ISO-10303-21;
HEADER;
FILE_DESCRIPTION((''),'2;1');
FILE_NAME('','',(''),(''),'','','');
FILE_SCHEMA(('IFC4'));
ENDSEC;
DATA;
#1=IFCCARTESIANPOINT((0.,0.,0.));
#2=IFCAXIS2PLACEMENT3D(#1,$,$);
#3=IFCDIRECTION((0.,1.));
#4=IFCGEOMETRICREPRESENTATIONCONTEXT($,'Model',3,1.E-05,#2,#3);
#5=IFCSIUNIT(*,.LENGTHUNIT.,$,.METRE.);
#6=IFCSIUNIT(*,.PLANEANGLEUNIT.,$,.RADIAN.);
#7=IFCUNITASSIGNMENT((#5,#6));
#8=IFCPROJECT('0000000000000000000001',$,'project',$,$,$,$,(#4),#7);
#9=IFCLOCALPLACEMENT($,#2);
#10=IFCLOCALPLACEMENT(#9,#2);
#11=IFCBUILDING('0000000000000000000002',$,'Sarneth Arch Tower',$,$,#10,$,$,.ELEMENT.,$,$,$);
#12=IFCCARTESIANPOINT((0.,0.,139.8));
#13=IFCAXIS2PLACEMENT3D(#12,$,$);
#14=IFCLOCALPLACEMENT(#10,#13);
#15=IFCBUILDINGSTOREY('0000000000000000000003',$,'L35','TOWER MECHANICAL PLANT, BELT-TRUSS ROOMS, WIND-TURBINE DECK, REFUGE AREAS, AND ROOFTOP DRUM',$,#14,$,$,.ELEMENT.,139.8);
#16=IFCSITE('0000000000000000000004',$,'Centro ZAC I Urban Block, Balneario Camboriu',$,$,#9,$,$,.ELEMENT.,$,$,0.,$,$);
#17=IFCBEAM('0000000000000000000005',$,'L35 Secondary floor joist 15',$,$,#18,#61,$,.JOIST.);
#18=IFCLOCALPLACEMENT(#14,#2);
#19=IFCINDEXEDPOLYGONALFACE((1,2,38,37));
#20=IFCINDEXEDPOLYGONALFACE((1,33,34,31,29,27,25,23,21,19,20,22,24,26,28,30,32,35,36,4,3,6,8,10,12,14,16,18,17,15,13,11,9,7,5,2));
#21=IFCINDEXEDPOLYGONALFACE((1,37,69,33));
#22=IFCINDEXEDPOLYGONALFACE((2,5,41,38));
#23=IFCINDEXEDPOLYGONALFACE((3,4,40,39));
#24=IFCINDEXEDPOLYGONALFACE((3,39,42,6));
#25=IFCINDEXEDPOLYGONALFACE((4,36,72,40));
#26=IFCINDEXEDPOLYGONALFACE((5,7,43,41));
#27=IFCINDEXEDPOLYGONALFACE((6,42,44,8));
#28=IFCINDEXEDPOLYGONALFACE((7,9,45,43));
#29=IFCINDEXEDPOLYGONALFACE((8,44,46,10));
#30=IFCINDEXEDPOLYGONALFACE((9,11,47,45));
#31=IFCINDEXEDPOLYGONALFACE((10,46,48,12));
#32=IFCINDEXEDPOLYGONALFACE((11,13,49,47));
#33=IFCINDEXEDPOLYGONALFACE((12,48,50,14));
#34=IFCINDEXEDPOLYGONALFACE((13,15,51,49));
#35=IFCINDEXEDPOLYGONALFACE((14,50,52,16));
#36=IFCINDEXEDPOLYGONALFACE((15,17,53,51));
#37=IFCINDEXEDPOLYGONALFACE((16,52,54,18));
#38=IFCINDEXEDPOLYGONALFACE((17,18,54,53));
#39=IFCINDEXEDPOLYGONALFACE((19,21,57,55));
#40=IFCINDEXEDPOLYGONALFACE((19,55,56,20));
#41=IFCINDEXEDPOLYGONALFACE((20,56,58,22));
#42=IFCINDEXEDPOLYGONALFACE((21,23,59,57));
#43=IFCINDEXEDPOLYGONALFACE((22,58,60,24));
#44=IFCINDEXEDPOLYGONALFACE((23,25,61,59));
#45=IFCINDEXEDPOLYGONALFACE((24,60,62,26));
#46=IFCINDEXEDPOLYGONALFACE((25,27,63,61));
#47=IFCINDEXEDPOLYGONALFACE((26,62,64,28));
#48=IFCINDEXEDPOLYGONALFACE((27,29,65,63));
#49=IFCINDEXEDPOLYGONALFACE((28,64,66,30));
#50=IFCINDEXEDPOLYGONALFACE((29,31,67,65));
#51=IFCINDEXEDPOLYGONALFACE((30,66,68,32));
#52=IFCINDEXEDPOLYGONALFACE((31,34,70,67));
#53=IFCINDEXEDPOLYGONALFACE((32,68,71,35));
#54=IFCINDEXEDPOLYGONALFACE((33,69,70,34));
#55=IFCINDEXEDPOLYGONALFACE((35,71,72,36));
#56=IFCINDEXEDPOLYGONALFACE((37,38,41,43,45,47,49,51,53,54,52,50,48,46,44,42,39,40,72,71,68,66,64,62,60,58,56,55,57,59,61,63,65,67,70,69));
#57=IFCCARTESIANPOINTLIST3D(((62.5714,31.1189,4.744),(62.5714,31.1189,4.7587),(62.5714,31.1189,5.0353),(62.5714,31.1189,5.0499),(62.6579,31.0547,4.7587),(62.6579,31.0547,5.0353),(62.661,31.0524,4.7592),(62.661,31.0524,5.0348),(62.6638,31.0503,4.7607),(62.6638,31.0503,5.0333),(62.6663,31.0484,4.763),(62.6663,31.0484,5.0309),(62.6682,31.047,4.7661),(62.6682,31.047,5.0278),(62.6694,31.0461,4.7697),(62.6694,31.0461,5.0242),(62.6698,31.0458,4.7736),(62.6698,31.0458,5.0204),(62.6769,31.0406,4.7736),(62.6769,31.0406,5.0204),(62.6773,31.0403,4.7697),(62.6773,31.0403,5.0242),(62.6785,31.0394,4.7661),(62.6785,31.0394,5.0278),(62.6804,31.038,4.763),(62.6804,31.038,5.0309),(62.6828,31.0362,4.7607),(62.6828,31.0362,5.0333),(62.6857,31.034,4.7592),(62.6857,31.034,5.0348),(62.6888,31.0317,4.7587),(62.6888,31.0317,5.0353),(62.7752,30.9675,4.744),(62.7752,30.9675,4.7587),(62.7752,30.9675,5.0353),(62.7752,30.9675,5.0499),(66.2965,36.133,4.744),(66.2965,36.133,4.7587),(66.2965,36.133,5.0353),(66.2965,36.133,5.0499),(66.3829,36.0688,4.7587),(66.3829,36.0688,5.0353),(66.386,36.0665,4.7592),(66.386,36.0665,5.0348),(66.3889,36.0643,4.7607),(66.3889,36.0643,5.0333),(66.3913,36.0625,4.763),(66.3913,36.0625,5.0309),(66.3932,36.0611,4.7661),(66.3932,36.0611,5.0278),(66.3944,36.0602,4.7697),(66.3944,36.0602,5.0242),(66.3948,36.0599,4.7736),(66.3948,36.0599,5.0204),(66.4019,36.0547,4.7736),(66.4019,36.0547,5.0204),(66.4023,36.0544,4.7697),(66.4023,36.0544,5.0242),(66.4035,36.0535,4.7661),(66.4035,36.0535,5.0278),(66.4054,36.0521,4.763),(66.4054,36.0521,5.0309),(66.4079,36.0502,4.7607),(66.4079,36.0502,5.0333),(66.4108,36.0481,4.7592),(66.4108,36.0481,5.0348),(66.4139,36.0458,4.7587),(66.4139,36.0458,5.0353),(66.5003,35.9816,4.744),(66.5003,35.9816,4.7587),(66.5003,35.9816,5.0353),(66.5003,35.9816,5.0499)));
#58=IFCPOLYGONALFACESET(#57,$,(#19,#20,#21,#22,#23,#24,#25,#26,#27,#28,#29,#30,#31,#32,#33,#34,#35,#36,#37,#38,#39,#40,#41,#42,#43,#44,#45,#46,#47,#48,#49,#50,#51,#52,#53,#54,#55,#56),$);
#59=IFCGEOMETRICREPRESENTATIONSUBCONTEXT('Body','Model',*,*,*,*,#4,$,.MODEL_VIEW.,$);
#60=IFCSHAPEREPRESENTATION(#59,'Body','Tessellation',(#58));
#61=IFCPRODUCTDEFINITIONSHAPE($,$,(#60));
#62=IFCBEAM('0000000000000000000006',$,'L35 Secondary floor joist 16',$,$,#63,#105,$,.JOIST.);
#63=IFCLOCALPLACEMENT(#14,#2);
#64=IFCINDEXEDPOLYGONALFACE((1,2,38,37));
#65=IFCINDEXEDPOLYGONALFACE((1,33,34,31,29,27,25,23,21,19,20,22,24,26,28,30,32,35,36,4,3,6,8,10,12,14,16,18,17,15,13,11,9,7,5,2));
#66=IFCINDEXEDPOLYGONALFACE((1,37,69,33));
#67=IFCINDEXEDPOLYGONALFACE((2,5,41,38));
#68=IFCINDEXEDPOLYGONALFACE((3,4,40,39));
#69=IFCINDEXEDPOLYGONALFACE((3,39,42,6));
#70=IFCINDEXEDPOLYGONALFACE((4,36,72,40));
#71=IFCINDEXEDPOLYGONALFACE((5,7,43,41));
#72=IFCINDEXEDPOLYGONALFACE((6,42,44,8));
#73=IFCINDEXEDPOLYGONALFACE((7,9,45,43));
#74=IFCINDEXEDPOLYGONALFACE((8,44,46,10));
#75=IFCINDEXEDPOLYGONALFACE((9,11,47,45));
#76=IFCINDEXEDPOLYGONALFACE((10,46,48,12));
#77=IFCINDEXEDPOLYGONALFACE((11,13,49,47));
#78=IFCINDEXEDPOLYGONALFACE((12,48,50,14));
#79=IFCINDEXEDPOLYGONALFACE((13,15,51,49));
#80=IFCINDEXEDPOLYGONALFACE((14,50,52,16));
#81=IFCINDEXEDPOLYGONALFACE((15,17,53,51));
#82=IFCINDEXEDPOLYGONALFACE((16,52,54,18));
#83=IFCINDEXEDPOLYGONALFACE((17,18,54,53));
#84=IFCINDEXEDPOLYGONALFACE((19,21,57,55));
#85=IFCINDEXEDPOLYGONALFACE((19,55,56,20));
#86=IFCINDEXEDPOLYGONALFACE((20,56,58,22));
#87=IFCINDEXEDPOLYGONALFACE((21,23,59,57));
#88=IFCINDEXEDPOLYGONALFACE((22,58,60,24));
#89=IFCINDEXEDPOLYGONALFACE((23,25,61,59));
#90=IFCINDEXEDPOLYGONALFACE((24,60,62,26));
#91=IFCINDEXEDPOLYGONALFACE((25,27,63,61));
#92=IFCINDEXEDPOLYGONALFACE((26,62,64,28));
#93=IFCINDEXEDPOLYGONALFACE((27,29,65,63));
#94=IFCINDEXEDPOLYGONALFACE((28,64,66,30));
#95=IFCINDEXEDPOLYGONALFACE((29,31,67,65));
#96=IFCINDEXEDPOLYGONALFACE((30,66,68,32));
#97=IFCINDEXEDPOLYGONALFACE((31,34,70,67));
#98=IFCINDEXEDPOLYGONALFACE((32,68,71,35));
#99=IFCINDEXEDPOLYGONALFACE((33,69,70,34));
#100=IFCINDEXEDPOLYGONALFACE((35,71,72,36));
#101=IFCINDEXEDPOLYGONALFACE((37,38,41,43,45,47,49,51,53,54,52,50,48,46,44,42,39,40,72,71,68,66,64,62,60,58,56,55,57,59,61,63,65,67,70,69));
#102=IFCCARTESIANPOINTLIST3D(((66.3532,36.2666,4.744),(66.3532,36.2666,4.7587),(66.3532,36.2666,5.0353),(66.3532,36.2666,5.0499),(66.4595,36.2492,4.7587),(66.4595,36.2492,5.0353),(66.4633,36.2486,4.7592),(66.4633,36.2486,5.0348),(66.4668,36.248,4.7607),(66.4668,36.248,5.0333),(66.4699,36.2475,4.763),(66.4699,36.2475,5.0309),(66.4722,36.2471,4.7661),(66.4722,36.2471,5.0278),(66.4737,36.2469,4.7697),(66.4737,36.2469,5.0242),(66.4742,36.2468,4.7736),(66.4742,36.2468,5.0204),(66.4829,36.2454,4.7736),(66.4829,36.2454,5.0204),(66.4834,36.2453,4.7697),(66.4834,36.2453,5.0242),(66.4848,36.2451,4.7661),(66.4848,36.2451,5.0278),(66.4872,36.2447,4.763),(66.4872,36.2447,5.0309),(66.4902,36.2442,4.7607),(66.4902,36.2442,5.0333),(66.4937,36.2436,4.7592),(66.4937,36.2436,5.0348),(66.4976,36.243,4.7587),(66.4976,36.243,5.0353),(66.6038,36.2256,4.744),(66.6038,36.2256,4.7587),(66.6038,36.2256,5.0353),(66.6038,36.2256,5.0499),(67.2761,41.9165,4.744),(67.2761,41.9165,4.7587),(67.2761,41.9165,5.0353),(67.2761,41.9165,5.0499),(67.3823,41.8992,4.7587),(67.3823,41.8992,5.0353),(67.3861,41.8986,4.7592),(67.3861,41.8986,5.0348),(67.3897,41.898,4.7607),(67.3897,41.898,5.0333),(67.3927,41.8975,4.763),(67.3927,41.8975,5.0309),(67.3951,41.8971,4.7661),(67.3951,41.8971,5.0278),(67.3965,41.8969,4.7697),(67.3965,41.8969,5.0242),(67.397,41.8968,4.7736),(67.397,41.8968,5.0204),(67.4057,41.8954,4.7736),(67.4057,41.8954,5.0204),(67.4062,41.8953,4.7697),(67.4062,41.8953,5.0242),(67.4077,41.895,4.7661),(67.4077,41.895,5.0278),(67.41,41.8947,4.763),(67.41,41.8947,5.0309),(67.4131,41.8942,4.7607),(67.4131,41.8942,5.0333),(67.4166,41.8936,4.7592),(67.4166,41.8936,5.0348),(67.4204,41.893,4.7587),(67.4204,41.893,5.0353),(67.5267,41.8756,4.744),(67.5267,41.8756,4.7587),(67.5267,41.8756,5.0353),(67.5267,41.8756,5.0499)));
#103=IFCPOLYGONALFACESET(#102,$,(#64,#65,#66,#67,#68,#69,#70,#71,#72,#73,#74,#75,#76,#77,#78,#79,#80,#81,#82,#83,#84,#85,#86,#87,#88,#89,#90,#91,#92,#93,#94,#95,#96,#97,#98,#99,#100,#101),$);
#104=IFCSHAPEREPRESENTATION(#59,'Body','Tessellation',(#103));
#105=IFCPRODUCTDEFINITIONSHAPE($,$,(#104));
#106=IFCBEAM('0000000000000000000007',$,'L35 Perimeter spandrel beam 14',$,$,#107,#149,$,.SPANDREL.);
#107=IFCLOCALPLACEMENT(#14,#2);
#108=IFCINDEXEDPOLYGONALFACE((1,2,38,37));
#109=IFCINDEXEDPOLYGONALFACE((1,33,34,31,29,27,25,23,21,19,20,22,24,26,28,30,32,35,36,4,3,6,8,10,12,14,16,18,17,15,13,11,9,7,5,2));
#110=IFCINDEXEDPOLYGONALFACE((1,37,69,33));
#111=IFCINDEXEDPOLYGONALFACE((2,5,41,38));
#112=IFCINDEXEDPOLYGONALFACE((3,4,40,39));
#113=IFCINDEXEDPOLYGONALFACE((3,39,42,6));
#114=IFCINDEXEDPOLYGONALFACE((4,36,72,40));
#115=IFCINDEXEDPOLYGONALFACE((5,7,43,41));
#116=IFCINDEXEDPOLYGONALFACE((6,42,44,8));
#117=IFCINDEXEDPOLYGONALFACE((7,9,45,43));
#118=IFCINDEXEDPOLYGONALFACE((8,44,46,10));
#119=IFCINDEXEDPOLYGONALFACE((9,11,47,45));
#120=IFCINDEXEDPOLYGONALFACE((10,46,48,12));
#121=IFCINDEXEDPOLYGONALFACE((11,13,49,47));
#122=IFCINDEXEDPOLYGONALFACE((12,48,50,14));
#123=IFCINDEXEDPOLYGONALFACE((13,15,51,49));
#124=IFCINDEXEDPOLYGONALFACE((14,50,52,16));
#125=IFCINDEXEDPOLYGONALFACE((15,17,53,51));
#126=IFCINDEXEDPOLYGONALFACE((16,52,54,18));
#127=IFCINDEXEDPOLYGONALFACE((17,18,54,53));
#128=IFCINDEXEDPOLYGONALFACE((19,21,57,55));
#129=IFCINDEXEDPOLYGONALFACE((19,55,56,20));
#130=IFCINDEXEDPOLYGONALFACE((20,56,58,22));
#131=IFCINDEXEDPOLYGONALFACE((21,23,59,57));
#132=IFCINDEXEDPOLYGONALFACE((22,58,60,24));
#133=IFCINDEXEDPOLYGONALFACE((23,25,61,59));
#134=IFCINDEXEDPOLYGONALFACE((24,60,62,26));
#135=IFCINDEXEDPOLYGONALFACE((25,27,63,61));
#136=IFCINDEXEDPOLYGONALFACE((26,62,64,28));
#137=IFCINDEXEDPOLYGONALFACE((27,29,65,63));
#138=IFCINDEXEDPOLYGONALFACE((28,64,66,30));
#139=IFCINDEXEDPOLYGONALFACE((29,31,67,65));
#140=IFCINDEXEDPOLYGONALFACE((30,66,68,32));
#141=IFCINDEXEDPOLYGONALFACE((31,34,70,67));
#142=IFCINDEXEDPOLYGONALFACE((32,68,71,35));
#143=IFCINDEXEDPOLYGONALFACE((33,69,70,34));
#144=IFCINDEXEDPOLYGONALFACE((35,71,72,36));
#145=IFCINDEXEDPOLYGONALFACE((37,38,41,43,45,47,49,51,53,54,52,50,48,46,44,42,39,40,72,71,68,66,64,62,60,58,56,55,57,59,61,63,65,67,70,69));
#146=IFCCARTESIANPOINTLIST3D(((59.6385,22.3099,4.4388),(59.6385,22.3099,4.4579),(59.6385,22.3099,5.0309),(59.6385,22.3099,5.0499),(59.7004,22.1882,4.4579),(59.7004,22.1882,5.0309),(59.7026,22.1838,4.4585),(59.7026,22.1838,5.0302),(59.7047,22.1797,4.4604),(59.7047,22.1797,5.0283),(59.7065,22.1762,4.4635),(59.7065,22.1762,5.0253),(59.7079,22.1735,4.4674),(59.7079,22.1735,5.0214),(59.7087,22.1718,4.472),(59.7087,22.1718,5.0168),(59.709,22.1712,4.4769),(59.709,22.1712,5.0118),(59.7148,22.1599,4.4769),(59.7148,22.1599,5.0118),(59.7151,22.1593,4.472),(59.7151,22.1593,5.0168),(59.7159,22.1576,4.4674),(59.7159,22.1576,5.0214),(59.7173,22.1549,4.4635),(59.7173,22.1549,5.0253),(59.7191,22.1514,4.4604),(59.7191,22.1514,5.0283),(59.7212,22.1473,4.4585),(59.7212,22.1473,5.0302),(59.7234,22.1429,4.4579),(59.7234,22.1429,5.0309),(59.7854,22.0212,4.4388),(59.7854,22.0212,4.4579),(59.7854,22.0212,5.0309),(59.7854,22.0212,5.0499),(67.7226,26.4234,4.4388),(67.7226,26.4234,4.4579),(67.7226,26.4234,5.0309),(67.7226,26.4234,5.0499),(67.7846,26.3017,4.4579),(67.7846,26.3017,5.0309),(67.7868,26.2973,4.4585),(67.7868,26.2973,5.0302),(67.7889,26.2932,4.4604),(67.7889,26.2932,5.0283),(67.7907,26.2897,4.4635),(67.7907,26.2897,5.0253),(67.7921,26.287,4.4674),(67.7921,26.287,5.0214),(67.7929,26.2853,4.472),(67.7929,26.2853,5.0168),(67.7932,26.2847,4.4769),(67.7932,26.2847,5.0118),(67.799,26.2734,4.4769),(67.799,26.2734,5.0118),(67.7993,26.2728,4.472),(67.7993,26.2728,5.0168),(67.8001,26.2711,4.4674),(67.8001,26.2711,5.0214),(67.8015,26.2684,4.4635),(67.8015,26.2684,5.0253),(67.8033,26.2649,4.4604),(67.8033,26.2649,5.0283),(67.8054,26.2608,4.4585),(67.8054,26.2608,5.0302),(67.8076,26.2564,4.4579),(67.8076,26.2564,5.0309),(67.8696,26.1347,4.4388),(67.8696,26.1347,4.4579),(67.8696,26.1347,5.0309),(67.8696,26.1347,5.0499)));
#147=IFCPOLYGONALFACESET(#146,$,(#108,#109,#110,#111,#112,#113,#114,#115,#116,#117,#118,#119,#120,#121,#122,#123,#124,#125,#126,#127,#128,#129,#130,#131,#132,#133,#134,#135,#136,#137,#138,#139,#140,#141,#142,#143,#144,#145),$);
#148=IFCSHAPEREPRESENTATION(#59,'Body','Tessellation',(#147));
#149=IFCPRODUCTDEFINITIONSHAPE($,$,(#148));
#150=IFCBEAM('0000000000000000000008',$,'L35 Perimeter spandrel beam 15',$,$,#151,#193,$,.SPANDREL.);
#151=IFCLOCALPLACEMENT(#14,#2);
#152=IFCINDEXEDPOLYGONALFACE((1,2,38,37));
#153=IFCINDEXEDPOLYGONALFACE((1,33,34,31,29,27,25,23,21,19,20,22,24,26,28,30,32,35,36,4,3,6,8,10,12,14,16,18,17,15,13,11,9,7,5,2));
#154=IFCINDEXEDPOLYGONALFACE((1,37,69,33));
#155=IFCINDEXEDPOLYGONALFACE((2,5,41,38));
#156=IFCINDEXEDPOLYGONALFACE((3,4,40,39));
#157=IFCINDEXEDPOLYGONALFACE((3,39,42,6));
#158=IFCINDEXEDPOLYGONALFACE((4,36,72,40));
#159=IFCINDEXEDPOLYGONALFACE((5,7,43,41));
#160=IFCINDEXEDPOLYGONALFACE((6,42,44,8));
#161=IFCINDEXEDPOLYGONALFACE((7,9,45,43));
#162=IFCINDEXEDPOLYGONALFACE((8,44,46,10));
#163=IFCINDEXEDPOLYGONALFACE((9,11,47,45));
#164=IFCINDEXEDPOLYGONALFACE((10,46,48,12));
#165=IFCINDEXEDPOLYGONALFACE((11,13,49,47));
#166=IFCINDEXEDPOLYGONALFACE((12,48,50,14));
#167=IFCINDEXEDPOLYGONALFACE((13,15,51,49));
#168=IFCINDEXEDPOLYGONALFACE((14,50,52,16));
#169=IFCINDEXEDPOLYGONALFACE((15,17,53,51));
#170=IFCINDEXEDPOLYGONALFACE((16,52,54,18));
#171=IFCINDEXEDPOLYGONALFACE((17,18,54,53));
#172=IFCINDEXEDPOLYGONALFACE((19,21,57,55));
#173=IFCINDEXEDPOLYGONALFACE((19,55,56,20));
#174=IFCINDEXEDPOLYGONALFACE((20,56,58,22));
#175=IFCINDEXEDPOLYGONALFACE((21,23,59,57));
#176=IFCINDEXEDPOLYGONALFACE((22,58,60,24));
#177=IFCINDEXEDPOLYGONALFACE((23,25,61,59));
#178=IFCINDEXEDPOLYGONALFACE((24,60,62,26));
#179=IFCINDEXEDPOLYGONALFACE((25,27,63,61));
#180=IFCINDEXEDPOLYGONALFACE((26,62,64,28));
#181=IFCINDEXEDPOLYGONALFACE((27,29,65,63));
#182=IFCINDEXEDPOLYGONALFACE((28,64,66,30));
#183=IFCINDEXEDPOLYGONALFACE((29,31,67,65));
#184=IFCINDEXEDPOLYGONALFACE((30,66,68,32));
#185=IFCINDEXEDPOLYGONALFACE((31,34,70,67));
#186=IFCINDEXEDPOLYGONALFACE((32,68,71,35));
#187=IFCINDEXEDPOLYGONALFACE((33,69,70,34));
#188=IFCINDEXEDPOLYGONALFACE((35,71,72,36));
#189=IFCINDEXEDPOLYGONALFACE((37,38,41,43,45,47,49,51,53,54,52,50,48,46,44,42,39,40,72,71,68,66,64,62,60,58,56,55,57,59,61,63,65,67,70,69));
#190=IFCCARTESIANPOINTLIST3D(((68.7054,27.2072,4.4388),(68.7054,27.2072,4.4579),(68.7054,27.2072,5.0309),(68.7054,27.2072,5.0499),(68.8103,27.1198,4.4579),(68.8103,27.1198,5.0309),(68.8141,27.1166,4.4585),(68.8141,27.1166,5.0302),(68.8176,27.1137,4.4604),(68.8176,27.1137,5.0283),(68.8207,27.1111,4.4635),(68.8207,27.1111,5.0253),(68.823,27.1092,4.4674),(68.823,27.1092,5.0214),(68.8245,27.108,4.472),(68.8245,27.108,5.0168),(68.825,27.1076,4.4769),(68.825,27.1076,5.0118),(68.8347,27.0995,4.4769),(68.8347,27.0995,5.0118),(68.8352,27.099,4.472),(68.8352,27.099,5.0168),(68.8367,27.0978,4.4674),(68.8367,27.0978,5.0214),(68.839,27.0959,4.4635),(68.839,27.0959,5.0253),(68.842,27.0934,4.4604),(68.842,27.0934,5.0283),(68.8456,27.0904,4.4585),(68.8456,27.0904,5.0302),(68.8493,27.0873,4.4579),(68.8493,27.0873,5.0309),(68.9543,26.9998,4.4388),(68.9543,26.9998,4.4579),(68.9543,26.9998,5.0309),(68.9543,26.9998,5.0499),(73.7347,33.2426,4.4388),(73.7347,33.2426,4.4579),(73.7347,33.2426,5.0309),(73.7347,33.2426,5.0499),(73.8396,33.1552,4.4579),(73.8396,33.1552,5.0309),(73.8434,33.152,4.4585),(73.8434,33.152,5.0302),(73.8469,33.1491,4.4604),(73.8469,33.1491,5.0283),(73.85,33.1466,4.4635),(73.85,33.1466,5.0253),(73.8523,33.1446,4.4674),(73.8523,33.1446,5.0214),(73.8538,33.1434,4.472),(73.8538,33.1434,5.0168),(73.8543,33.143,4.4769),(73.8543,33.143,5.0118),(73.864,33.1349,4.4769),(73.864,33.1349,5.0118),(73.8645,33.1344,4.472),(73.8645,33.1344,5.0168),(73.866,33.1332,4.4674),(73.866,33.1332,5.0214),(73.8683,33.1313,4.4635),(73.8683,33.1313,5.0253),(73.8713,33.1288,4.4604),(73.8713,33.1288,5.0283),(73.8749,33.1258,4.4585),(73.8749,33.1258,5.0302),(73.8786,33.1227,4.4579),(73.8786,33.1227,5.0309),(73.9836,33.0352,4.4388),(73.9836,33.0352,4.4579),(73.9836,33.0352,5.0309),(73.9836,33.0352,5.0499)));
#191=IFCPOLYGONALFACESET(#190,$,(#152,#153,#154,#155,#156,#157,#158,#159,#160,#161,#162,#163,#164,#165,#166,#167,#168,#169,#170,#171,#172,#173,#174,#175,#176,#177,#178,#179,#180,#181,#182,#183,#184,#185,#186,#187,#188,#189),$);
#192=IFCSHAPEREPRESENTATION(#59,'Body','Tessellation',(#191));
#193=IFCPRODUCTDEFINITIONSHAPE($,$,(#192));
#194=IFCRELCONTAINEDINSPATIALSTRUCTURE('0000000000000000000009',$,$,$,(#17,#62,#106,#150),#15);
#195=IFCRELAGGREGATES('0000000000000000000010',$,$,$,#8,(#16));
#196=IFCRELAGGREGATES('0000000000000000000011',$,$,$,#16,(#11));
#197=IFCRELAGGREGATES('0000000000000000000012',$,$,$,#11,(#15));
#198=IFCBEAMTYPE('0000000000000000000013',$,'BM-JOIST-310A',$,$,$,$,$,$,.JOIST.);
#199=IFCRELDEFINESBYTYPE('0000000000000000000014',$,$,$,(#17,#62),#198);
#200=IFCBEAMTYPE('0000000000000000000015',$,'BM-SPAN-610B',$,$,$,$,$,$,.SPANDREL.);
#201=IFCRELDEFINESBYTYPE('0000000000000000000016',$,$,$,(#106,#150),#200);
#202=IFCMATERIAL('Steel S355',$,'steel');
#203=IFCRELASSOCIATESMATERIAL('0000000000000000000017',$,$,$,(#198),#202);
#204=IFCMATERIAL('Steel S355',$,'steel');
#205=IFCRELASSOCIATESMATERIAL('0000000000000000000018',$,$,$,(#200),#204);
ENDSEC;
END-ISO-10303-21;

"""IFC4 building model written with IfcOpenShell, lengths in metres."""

from ifc_helpers import new_model, si_unit, direction, frame, origin, origin_2d, place, context, subcontext, project, spatial, i_section, extrude, material, material_profile, profile_set, type_object, element, save


model = new_model("IFC4")

# Units and contexts
model_context = context("Model", 3, precision=1e-05, world=origin(), true_north=direction((0.0, 1.0)))
body_context = subcontext(model_context, "Body", "Model", "MODEL_VIEW")
ifc_project = project(units=[si_unit("LENGTHUNIT", "METRE"), si_unit("PLANEANGLEUNIT", "RADIAN")], contexts=[model_context])

# Site, building, storey
site_placement = place(None, origin())
site = spatial("IfcSite", under=ifc_project, at=site_placement, Name="Centro ZAC I Urban Block, Balneario Camboriu", CompositionType="ELEMENT", RefElevation=0.0)
building_placement = place(site_placement, origin())
building = spatial("IfcBuilding", under=site, at=building_placement, Name="Sarneth Arch Tower", CompositionType="ELEMENT")
storey_placement = place(building_placement, frame((0.0, 0.0, 139.8)))
storey = spatial("IfcBuildingStorey", under=building, at=storey_placement, Name="L35", Description="TOWER MECHANICAL PLANT, BELT-TRUSS ROOMS, WIND-TURBINE DECK, REFUGE AREAS, AND ROOFTOP DRUM", CompositionType="ELEMENT", Elevation=139.8)

# Beams
ifc_material_1 = material(Name="Steel S355", Category="steel")
ifc_material_profile_1 = material_profile(ifc_material_1, i_section(OverallWidth=0.2539, OverallDepth=0.3059, WebThickness=0.0088, FlangeThickness=0.0146, FilletRadius=0.0149, at=origin_2d()), Name="W310x79")
ifc_profile_set_1 = profile_set([ifc_material_profile_1], Name="Steel S355")
beam_type_1 = type_object("IfcBeamType", Name="BM-JOIST-310A", PredefinedType="JOIST", material=ifc_profile_set_1)
beam_1_placement = place(storey_placement, frame((62.6733, 31.0432, 4.897), z_axis=(0.596354, 0.802721, 0.0), x_axis=(-0.802721, 0.596354, 0.0)))
element("IfcBeam", 1, at=beam_1_placement, inside=storey, type_object=beam_type_1, Name="L35 Secondary floor joist 15", PredefinedType="JOIST", context=body_context, shape_type="SweptSolid", body=[
    extrude(i_section(OverallWidth=0.2539, OverallDepth=0.3059, WebThickness=0.0088, FlangeThickness=0.0146, FilletRadius=0.0149, at=origin_2d()), origin(), (0.0, 0.0, 1.0), 6.2463),
])
beam_2_placement = place(storey_placement, frame((66.4785, 36.2461, 4.897), z_axis=(0.161203, 0.986921, 0.0), x_axis=(-0.986921, 0.161203, 0.0)))
element("IfcBeam", 2, at=beam_2_placement, inside=storey, type_object=beam_type_1, Name="L35 Secondary floor joist 16", PredefinedType="JOIST", context=body_context, shape_type="SweptSolid", body=[
    extrude(i_section(OverallWidth=0.2539, OverallDepth=0.3059, WebThickness=0.0088, FlangeThickness=0.0146, FilletRadius=0.0149, at=origin_2d()), origin(), (0.0, 0.0, 1.0), 5.7249),
])
ifc_material_2 = material(Name="Steel S355", Category="steel")
ifc_material_profile_2 = material_profile(ifc_material_2, i_section(OverallWidth=0.324, OverallDepth=0.6111, WebThickness=0.0127, FlangeThickness=0.019, FilletRadius=0.019, at=origin_2d()), Name="W610x155")
ifc_profile_set_2 = profile_set([ifc_material_profile_2], Name="Steel S355")
beam_type_2 = type_object("IfcBeamType", Name="BM-SPAN-610B", PredefinedType="SPANDREL", material=ifc_profile_set_2)
beam_3_placement = place(storey_placement, frame((59.7119, 22.1655, 4.7444), z_axis=(0.891256, 0.453501, 0.0), x_axis=(-0.453501, 0.891256, 0.0)))
element("IfcBeam", 3, at=beam_3_placement, inside=storey, type_object=beam_type_2, Name="L35 Perimeter spandrel beam 14", PredefinedType="SPANDREL", context=body_context, shape_type="SweptSolid", body=[
    extrude(i_section(OverallWidth=0.324, OverallDepth=0.6111, WebThickness=0.0127, FlangeThickness=0.019, FilletRadius=0.019, at=origin_2d()), origin(), (0.0, 0.0, 1.0), 9.0706),
])
beam_4_placement = place(storey_placement, frame((68.8298, 27.1035, 4.7444), z_axis=(0.640169, 0.768234, 0.0), x_axis=(-0.768234, 0.640169, 0.0)))
element("IfcBeam", 4, at=beam_4_placement, inside=storey, type_object=beam_type_2, Name="L35 Perimeter spandrel beam 15", PredefinedType="SPANDREL", context=body_context, shape_type="SweptSolid", body=[
    extrude(i_section(OverallWidth=0.324, OverallDepth=0.6111, WebThickness=0.0127, FlangeThickness=0.019, FilletRadius=0.019, at=origin_2d()), origin(), (0.0, 0.0, 1.0), 7.8562),
])

save(model, "model.ifc")
